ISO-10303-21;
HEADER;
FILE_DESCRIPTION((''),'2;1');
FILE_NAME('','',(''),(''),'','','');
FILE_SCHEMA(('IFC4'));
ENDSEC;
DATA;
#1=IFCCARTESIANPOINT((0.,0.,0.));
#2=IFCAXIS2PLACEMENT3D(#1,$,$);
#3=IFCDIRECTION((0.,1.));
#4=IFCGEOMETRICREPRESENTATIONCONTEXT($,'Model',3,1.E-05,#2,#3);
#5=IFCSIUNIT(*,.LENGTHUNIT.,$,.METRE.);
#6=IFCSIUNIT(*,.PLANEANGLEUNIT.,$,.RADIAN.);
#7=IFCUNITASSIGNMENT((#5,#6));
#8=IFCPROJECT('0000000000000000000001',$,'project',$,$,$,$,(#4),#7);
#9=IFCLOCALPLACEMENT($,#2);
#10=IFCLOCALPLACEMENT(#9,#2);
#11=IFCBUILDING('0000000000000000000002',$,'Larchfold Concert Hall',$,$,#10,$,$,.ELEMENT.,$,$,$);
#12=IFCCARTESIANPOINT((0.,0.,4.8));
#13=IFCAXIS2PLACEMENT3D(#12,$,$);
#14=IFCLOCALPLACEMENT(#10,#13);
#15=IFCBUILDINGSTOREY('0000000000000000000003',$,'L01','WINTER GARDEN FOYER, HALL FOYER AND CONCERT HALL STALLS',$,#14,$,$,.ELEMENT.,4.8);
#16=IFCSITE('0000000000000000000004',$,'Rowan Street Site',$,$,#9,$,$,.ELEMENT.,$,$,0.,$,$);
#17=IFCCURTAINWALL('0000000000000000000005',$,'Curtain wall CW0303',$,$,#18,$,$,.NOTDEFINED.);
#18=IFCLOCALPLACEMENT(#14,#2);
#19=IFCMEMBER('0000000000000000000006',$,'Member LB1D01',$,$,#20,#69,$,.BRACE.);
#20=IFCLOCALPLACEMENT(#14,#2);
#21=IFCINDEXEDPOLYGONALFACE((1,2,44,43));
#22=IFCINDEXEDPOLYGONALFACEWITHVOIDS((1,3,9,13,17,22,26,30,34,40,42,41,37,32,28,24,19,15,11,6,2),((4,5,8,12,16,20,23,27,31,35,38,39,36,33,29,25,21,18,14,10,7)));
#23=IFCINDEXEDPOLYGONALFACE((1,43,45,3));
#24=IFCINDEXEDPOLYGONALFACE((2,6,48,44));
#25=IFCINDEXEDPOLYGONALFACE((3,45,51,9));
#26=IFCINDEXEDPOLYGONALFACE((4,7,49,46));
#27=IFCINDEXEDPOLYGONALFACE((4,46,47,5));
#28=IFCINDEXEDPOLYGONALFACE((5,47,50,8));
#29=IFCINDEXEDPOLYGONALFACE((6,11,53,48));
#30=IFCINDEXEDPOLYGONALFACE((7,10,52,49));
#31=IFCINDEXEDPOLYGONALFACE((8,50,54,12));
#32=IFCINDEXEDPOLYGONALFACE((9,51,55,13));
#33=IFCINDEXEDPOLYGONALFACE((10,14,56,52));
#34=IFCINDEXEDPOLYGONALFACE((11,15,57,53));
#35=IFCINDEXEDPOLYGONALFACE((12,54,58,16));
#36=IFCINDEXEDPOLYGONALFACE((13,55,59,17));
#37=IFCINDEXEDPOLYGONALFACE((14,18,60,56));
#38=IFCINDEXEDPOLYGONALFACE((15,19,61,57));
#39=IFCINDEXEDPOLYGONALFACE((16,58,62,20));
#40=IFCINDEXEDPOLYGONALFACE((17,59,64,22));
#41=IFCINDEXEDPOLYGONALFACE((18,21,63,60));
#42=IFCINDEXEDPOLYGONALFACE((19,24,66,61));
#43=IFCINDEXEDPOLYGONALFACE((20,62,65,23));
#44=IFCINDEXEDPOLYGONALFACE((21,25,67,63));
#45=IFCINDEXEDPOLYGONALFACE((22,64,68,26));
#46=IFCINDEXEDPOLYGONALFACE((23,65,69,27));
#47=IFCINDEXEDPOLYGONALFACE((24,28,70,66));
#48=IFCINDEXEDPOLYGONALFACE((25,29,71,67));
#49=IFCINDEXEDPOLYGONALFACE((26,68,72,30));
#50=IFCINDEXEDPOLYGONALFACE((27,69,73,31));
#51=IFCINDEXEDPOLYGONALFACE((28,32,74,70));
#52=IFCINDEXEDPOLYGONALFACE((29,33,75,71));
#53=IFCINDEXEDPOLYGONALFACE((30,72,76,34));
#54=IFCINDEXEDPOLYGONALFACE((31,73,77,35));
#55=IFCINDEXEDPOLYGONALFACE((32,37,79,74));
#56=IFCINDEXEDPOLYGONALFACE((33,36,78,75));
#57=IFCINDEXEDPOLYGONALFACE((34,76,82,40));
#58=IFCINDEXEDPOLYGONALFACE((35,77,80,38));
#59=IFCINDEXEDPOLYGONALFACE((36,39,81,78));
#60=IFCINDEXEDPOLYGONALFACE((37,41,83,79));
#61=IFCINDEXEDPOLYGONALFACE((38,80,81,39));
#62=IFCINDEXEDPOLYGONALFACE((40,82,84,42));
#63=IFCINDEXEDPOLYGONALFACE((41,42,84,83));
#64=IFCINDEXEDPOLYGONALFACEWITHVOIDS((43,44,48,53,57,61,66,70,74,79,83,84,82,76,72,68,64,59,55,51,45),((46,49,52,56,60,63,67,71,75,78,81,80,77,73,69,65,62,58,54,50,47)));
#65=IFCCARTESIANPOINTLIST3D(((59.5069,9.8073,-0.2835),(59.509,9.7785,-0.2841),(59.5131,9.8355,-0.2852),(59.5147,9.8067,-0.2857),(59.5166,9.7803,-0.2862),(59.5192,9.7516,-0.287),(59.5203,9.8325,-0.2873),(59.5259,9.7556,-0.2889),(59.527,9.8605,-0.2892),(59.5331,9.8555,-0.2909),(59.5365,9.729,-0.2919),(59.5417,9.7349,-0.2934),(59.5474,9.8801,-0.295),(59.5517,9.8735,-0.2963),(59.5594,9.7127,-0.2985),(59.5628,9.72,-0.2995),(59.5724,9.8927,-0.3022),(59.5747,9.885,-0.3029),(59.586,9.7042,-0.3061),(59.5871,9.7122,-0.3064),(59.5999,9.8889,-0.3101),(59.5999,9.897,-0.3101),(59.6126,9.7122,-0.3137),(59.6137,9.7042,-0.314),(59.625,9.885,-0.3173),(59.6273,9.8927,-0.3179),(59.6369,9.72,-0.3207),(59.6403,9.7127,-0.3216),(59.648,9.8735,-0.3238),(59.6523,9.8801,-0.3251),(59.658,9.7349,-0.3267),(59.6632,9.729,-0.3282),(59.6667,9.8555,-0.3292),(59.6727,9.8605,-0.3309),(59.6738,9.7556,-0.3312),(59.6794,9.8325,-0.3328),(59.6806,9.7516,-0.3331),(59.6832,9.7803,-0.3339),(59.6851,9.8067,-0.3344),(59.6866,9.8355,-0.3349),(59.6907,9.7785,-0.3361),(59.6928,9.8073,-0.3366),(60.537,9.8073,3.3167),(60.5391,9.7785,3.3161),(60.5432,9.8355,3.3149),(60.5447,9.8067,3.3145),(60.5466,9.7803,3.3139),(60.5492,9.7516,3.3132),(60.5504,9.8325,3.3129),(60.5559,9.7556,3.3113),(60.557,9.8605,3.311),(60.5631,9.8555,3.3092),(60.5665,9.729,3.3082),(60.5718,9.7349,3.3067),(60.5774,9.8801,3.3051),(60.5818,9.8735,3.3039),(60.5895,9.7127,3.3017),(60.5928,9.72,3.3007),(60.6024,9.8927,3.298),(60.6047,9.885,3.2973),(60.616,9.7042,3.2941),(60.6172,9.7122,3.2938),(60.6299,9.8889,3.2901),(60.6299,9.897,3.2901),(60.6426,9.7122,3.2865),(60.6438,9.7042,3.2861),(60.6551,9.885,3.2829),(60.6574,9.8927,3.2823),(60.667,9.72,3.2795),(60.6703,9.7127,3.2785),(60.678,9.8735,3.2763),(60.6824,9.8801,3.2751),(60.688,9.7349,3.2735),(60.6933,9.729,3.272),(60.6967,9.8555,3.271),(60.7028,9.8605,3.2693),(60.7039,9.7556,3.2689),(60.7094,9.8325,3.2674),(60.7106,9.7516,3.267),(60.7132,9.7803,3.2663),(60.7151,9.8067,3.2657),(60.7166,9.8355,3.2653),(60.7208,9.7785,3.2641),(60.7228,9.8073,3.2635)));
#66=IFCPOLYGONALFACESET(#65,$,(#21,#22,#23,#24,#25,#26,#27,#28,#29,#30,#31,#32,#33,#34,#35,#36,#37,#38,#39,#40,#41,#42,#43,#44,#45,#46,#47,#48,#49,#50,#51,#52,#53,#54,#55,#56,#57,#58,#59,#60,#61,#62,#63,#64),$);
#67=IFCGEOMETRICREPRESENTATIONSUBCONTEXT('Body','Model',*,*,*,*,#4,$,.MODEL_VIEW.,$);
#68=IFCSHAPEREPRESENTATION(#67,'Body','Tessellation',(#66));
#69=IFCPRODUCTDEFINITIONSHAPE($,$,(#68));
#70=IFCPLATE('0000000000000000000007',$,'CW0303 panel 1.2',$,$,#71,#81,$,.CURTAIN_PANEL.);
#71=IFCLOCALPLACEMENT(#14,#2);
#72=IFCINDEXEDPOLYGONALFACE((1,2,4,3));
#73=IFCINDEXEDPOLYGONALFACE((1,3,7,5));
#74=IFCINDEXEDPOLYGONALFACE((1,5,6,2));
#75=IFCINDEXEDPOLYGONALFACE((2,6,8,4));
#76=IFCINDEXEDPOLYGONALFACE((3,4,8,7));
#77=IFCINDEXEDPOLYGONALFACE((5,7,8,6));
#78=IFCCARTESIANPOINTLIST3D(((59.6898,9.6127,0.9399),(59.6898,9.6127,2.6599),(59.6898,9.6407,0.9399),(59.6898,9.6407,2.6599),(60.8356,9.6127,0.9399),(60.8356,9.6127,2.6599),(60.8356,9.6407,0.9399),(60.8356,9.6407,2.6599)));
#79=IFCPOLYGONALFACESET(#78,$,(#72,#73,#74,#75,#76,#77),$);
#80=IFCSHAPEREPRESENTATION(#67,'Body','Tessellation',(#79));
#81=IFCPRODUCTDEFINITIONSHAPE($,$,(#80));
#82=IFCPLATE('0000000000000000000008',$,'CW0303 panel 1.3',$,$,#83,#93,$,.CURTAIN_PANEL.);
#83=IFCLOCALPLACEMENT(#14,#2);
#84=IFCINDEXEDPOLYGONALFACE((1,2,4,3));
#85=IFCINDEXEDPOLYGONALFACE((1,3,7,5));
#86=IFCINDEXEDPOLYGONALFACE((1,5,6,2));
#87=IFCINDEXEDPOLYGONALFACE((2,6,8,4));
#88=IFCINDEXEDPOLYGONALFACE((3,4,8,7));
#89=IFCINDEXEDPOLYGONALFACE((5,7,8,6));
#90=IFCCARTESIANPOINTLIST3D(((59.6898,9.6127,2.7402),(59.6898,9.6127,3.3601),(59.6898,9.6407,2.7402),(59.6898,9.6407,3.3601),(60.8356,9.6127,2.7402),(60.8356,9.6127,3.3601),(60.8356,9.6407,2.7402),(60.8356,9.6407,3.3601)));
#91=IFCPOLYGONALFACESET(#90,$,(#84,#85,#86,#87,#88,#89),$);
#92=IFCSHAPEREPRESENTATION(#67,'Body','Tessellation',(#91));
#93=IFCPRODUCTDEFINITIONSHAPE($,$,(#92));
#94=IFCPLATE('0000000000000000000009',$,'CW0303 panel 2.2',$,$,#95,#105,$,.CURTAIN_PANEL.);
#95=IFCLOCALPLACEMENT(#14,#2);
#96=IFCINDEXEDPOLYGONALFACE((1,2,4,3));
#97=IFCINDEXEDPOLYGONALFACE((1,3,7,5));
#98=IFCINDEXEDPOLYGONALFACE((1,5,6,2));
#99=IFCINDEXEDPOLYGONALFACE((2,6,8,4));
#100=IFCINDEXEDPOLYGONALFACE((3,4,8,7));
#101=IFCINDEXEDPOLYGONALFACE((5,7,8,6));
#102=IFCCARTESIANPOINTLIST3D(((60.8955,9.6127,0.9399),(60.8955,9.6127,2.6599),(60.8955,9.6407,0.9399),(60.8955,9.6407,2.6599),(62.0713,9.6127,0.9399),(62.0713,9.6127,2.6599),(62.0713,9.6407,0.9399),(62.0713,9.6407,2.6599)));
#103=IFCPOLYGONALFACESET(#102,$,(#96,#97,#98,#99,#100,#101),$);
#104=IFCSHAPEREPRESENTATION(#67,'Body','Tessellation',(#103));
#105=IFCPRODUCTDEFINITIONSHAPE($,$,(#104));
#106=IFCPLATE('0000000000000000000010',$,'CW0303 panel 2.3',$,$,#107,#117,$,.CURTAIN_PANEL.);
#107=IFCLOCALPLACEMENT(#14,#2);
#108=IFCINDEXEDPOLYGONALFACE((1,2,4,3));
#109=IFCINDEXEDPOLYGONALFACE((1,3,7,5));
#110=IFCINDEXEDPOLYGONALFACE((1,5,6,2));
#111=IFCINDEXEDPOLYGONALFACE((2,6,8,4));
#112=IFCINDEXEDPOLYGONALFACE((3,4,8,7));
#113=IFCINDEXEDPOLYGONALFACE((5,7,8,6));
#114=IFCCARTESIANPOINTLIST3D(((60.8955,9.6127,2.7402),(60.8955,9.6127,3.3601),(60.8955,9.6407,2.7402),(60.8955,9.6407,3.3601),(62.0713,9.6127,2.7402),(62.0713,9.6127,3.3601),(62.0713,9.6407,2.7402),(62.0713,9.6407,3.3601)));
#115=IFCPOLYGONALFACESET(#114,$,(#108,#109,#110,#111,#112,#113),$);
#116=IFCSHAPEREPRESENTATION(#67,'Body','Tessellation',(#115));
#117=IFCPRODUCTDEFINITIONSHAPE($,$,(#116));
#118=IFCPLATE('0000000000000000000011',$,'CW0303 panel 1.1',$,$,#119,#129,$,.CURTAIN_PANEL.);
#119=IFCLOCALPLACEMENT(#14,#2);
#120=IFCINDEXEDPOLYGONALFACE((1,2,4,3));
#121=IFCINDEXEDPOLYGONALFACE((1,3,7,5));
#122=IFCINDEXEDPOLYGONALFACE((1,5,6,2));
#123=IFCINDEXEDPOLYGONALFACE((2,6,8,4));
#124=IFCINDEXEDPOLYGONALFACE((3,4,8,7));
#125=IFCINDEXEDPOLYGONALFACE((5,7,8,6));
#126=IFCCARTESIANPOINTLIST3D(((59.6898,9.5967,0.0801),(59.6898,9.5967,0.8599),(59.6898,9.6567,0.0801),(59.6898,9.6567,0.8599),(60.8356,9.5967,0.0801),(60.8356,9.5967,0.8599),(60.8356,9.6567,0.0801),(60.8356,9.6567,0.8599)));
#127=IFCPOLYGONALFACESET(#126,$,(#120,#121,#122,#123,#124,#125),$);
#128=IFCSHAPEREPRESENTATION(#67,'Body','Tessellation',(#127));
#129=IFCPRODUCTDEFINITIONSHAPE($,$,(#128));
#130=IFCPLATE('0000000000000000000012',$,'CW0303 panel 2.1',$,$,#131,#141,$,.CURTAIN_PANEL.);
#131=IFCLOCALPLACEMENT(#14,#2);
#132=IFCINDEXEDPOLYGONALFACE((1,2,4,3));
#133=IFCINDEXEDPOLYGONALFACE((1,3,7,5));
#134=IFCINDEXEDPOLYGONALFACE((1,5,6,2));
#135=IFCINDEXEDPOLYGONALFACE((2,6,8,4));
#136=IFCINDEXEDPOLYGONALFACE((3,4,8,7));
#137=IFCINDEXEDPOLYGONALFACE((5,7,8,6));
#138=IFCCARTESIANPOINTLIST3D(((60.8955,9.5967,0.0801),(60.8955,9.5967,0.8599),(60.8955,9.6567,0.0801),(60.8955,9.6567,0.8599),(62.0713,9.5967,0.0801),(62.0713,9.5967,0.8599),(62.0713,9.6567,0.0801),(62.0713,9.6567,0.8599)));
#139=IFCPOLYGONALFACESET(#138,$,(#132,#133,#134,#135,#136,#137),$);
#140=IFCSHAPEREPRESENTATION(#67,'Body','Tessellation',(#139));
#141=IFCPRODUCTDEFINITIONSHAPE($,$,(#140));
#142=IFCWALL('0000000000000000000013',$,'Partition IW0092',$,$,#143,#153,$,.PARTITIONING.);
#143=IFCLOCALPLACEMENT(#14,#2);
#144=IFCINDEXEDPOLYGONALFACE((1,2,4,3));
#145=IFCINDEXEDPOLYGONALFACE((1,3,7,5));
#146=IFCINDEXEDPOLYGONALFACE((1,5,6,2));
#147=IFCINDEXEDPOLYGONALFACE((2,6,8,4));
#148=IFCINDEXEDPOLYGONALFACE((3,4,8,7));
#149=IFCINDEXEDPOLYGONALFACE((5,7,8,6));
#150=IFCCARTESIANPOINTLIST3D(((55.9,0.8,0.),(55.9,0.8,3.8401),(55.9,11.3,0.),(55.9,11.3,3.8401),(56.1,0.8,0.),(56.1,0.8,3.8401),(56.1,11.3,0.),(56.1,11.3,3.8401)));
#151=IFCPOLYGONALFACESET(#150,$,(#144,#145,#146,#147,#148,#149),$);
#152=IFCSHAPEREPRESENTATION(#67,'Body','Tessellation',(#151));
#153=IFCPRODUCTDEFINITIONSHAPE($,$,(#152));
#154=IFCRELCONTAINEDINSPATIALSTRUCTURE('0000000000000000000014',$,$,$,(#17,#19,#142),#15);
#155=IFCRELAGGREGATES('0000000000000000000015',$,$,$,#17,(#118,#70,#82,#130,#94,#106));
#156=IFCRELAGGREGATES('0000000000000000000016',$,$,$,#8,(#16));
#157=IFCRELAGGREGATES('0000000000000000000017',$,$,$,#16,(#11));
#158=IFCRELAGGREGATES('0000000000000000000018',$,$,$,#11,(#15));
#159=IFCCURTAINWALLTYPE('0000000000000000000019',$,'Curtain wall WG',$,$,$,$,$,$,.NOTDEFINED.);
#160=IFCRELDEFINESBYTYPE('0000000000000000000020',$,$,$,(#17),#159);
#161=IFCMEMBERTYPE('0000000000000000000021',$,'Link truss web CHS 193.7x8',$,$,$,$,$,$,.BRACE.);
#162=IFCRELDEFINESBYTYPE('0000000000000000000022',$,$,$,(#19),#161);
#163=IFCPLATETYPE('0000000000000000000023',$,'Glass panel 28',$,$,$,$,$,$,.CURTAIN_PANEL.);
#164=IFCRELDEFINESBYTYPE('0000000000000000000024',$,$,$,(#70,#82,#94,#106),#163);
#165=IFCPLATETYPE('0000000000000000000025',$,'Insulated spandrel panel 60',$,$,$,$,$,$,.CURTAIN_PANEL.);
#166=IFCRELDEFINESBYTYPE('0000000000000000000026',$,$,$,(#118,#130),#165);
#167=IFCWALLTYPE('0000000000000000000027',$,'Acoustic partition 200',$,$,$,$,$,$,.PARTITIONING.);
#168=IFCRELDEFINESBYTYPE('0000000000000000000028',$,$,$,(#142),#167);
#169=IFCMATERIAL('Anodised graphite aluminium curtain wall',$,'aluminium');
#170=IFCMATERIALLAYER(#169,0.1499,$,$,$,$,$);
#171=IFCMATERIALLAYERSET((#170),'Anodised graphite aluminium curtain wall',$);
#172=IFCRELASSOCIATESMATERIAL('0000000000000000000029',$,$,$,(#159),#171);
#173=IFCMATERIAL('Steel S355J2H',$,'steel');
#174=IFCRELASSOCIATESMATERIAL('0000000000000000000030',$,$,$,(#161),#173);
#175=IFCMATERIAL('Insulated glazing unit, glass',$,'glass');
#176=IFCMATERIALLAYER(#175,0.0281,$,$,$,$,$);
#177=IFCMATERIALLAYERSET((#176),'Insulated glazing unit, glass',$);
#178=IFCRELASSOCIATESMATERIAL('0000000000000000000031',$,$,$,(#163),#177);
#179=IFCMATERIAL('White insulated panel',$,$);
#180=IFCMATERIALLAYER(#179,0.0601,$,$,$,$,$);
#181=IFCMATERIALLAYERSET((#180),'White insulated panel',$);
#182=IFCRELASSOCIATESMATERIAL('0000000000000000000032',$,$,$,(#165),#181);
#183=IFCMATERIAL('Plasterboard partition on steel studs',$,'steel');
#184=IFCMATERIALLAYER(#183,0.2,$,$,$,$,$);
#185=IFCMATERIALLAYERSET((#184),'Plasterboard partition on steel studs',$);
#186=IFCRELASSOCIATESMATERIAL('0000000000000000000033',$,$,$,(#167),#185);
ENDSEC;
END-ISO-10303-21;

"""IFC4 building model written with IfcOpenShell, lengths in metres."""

from ifc_helpers import new_model, si_unit, direction, frame, frame_2d, origin, origin_2d, place, context, subcontext, project, spatial, rectangle, hollow_circle, extrude, material, layer, layer_set, material_profile, profile_set, type_object, element, aggregate, save


model = new_model("IFC4")

# Units and contexts
model_context = context("Model", 3, precision=1e-05, world=origin(), true_north=direction((0.0, 1.0)))
body_context = subcontext(model_context, "Body", "Model", "MODEL_VIEW")
ifc_project = project(units=[si_unit("LENGTHUNIT", "METRE"), si_unit("PLANEANGLEUNIT", "RADIAN")], contexts=[model_context])

# Site, building, storey
site_placement = place(None, origin())
site = spatial("IfcSite", under=ifc_project, at=site_placement, Name="Rowan Street Site", CompositionType="ELEMENT", RefElevation=0.0)
building_placement = place(site_placement, origin())
building = spatial("IfcBuilding", under=site, at=building_placement, Name="Larchfold Concert Hall", CompositionType="ELEMENT")
storey_placement = place(building_placement, frame((0.0, 0.0, 4.8)))
storey = spatial("IfcBuildingStorey", under=building, at=storey_placement, Name="L01", Description="WINTER GARDEN FOYER, HALL FOYER AND CONCERT HALL STALLS", CompositionType="ELEMENT", Elevation=4.8)

# Curtain wall
ifc_material_1 = material(Name="Anodised graphite aluminium curtain wall", Category="aluminium")
ifc_layer_1 = layer(ifc_material_1, 0.1499)
ifc_layer_set_1 = layer_set([ifc_layer_1], Name="Anodised graphite aluminium curtain wall")
curtain_wall_type = type_object("IfcCurtainWallType", Name="Curtain wall WG", PredefinedType="NOTDEFINED", material=ifc_layer_set_1)
curtain_wall_placement = place(storey_placement, origin())
curtain_wall = element("IfcCurtainWall", 1, at=curtain_wall_placement, inside=storey, type_object=curtain_wall_type, Name="Curtain wall CW0303", PredefinedType="NOTDEFINED")

# Member
ifc_material_2 = material(Name="Steel S355J2H", Category="steel")
ifc_material_profile_1 = material_profile(ifc_material_2, hollow_circle(Radius=0.0969, WallThickness=0.0081, at=origin_2d()))
ifc_profile_set_1 = profile_set([ifc_material_profile_1], Name="Steel S355J2H")
member_type_1 = type_object("IfcMemberType", Name="Link truss web CHS 193.7x8", PredefinedType="BRACE", material=ifc_profile_set_1)
member_1_placement = place(storey_placement, frame((59.5999, 9.8, -0.3101), z_axis=(0.275074, 0.0, 0.961423), x_axis=(0.0, 1.0, 0.0)))
element("IfcMember", 2, at=member_1_placement, inside=storey, type_object=member_type_1, Name="Member LB1D01", PredefinedType="BRACE", context=body_context, shape_type="SweptSolid", body=[
    extrude(hollow_circle(Radius=0.0969, WallThickness=0.0081, at=origin_2d()), origin(), (0.0, 0.0, 1.0), 3.7446),
])

# Plates
ifc_material_3 = material(Name="Insulated glazing unit, glass", Category="glass")
ifc_layer_2 = layer(ifc_material_3, 0.0281)
ifc_layer_set_2 = layer_set([ifc_layer_2], Name="Insulated glazing unit, glass")
plate_type_1 = type_object("IfcPlateType", Name="Glass panel 28", PredefinedType="CURTAIN_PANEL", material=ifc_layer_set_2)
plate_1_placement = place(storey_placement, frame((60.2627, 9.6267, 0.9399), z_axis=(0.0, 0.0, 1.0), x_axis=(1.0, 0.0, 0.0)))
plate_1 = element("IfcPlate", 3, at=plate_1_placement, type_object=plate_type_1, Name="CW0303 panel 1.2", PredefinedType="CURTAIN_PANEL", context=body_context, shape_type="SweptSolid", body=[
    extrude(rectangle(XDim=1.1458, YDim=0.0281, at=origin_2d()), origin(), (0.0, 0.0, 1.0), 1.72),
])
plate_2_placement = place(storey_placement, frame((60.2627, 9.6267, 2.7402), z_axis=(0.0, 0.0, 1.0), x_axis=(1.0, 0.0, 0.0)))
plate_2 = element("IfcPlate", 4, at=plate_2_placement, type_object=plate_type_1, Name="CW0303 panel 1.3", PredefinedType="CURTAIN_PANEL", context=body_context, shape_type="SweptSolid", body=[
    extrude(rectangle(XDim=1.1458, YDim=0.0281, at=origin_2d()), origin(), (0.0, 0.0, 1.0), 0.6199),
])
plate_3_placement = place(storey_placement, frame((61.4834, 9.6267, 0.9399), z_axis=(0.0, 0.0, 1.0), x_axis=(1.0, 0.0, 0.0)))
plate_3 = element("IfcPlate", 5, at=plate_3_placement, type_object=plate_type_1, Name="CW0303 panel 2.2", PredefinedType="CURTAIN_PANEL", context=body_context, shape_type="SweptSolid", body=[
    extrude(rectangle(XDim=1.1758, YDim=0.0281, at=origin_2d()), origin(), (0.0, 0.0, 1.0), 1.72),
])
plate_4_placement = place(storey_placement, frame((61.4834, 9.6267, 2.7402), z_axis=(0.0, 0.0, 1.0), x_axis=(1.0, 0.0, 0.0)))
plate_4 = element("IfcPlate", 6, at=plate_4_placement, type_object=plate_type_1, Name="CW0303 panel 2.3", PredefinedType="CURTAIN_PANEL", context=body_context, shape_type="SweptSolid", body=[
    extrude(rectangle(XDim=1.1758, YDim=0.0281, at=origin_2d()), origin(), (0.0, 0.0, 1.0), 0.6199),
])
ifc_material_4 = material(Name="White insulated panel")
ifc_layer_3 = layer(ifc_material_4, 0.0601)
ifc_layer_set_3 = layer_set([ifc_layer_3], Name="White insulated panel")
plate_type_2 = type_object("IfcPlateType", Name="Insulated spandrel panel 60", PredefinedType="CURTAIN_PANEL", material=ifc_layer_set_3)
plate_5_placement = place(storey_placement, frame((60.2627, 9.6267, 0.0801), z_axis=(0.0, 0.0, 1.0), x_axis=(1.0, 0.0, 0.0)))
plate_5 = element("IfcPlate", 7, at=plate_5_placement, type_object=plate_type_2, Name="CW0303 panel 1.1", PredefinedType="CURTAIN_PANEL", context=body_context, shape_type="SweptSolid", body=[
    extrude(rectangle(XDim=1.1458, YDim=0.0601, at=origin_2d()), origin(), (0.0, 0.0, 1.0), 0.7798),
])
plate_6_placement = place(storey_placement, frame((61.4834, 9.6267, 0.0801), z_axis=(0.0, 0.0, 1.0), x_axis=(1.0, 0.0, 0.0)))
plate_6 = element("IfcPlate", 8, at=plate_6_placement, type_object=plate_type_2, Name="CW0303 panel 2.1", PredefinedType="CURTAIN_PANEL", context=body_context, shape_type="SweptSolid", body=[
    extrude(rectangle(XDim=1.1758, YDim=0.0601, at=origin_2d()), origin(), (0.0, 0.0, 1.0), 0.7798),
])
aggregate(curtain_wall, [plate_5, plate_1, plate_2, plate_6, plate_3, plate_4])

# Wall
ifc_material_5 = material(Name="Plasterboard partition on steel studs", Category="steel")
ifc_layer_4 = layer(ifc_material_5, 0.2)
ifc_layer_set_4 = layer_set([ifc_layer_4], Name="Plasterboard partition on steel studs")
wall_type_1 = type_object("IfcWallType", Name="Acoustic partition 200", PredefinedType="PARTITIONING", material=ifc_layer_set_4)
wall_1_placement = place(storey_placement, frame((56.0, 0.8, 0.0), z_axis=(0.0, 0.0, 1.0), x_axis=(0.0, 1.0, 0.0)))
element("IfcWall", 9, at=wall_1_placement, inside=storey, type_object=wall_type_1, Name="Partition IW0092", PredefinedType="PARTITIONING", context=body_context, shape_type="SweptSolid", body=[
    extrude(rectangle(XDim=10.5, YDim=0.2, at=frame_2d((5.25, 0.0))), origin(), (0.0, 0.0, 1.0), 3.8401),
])

save(model, "model.ifc")
